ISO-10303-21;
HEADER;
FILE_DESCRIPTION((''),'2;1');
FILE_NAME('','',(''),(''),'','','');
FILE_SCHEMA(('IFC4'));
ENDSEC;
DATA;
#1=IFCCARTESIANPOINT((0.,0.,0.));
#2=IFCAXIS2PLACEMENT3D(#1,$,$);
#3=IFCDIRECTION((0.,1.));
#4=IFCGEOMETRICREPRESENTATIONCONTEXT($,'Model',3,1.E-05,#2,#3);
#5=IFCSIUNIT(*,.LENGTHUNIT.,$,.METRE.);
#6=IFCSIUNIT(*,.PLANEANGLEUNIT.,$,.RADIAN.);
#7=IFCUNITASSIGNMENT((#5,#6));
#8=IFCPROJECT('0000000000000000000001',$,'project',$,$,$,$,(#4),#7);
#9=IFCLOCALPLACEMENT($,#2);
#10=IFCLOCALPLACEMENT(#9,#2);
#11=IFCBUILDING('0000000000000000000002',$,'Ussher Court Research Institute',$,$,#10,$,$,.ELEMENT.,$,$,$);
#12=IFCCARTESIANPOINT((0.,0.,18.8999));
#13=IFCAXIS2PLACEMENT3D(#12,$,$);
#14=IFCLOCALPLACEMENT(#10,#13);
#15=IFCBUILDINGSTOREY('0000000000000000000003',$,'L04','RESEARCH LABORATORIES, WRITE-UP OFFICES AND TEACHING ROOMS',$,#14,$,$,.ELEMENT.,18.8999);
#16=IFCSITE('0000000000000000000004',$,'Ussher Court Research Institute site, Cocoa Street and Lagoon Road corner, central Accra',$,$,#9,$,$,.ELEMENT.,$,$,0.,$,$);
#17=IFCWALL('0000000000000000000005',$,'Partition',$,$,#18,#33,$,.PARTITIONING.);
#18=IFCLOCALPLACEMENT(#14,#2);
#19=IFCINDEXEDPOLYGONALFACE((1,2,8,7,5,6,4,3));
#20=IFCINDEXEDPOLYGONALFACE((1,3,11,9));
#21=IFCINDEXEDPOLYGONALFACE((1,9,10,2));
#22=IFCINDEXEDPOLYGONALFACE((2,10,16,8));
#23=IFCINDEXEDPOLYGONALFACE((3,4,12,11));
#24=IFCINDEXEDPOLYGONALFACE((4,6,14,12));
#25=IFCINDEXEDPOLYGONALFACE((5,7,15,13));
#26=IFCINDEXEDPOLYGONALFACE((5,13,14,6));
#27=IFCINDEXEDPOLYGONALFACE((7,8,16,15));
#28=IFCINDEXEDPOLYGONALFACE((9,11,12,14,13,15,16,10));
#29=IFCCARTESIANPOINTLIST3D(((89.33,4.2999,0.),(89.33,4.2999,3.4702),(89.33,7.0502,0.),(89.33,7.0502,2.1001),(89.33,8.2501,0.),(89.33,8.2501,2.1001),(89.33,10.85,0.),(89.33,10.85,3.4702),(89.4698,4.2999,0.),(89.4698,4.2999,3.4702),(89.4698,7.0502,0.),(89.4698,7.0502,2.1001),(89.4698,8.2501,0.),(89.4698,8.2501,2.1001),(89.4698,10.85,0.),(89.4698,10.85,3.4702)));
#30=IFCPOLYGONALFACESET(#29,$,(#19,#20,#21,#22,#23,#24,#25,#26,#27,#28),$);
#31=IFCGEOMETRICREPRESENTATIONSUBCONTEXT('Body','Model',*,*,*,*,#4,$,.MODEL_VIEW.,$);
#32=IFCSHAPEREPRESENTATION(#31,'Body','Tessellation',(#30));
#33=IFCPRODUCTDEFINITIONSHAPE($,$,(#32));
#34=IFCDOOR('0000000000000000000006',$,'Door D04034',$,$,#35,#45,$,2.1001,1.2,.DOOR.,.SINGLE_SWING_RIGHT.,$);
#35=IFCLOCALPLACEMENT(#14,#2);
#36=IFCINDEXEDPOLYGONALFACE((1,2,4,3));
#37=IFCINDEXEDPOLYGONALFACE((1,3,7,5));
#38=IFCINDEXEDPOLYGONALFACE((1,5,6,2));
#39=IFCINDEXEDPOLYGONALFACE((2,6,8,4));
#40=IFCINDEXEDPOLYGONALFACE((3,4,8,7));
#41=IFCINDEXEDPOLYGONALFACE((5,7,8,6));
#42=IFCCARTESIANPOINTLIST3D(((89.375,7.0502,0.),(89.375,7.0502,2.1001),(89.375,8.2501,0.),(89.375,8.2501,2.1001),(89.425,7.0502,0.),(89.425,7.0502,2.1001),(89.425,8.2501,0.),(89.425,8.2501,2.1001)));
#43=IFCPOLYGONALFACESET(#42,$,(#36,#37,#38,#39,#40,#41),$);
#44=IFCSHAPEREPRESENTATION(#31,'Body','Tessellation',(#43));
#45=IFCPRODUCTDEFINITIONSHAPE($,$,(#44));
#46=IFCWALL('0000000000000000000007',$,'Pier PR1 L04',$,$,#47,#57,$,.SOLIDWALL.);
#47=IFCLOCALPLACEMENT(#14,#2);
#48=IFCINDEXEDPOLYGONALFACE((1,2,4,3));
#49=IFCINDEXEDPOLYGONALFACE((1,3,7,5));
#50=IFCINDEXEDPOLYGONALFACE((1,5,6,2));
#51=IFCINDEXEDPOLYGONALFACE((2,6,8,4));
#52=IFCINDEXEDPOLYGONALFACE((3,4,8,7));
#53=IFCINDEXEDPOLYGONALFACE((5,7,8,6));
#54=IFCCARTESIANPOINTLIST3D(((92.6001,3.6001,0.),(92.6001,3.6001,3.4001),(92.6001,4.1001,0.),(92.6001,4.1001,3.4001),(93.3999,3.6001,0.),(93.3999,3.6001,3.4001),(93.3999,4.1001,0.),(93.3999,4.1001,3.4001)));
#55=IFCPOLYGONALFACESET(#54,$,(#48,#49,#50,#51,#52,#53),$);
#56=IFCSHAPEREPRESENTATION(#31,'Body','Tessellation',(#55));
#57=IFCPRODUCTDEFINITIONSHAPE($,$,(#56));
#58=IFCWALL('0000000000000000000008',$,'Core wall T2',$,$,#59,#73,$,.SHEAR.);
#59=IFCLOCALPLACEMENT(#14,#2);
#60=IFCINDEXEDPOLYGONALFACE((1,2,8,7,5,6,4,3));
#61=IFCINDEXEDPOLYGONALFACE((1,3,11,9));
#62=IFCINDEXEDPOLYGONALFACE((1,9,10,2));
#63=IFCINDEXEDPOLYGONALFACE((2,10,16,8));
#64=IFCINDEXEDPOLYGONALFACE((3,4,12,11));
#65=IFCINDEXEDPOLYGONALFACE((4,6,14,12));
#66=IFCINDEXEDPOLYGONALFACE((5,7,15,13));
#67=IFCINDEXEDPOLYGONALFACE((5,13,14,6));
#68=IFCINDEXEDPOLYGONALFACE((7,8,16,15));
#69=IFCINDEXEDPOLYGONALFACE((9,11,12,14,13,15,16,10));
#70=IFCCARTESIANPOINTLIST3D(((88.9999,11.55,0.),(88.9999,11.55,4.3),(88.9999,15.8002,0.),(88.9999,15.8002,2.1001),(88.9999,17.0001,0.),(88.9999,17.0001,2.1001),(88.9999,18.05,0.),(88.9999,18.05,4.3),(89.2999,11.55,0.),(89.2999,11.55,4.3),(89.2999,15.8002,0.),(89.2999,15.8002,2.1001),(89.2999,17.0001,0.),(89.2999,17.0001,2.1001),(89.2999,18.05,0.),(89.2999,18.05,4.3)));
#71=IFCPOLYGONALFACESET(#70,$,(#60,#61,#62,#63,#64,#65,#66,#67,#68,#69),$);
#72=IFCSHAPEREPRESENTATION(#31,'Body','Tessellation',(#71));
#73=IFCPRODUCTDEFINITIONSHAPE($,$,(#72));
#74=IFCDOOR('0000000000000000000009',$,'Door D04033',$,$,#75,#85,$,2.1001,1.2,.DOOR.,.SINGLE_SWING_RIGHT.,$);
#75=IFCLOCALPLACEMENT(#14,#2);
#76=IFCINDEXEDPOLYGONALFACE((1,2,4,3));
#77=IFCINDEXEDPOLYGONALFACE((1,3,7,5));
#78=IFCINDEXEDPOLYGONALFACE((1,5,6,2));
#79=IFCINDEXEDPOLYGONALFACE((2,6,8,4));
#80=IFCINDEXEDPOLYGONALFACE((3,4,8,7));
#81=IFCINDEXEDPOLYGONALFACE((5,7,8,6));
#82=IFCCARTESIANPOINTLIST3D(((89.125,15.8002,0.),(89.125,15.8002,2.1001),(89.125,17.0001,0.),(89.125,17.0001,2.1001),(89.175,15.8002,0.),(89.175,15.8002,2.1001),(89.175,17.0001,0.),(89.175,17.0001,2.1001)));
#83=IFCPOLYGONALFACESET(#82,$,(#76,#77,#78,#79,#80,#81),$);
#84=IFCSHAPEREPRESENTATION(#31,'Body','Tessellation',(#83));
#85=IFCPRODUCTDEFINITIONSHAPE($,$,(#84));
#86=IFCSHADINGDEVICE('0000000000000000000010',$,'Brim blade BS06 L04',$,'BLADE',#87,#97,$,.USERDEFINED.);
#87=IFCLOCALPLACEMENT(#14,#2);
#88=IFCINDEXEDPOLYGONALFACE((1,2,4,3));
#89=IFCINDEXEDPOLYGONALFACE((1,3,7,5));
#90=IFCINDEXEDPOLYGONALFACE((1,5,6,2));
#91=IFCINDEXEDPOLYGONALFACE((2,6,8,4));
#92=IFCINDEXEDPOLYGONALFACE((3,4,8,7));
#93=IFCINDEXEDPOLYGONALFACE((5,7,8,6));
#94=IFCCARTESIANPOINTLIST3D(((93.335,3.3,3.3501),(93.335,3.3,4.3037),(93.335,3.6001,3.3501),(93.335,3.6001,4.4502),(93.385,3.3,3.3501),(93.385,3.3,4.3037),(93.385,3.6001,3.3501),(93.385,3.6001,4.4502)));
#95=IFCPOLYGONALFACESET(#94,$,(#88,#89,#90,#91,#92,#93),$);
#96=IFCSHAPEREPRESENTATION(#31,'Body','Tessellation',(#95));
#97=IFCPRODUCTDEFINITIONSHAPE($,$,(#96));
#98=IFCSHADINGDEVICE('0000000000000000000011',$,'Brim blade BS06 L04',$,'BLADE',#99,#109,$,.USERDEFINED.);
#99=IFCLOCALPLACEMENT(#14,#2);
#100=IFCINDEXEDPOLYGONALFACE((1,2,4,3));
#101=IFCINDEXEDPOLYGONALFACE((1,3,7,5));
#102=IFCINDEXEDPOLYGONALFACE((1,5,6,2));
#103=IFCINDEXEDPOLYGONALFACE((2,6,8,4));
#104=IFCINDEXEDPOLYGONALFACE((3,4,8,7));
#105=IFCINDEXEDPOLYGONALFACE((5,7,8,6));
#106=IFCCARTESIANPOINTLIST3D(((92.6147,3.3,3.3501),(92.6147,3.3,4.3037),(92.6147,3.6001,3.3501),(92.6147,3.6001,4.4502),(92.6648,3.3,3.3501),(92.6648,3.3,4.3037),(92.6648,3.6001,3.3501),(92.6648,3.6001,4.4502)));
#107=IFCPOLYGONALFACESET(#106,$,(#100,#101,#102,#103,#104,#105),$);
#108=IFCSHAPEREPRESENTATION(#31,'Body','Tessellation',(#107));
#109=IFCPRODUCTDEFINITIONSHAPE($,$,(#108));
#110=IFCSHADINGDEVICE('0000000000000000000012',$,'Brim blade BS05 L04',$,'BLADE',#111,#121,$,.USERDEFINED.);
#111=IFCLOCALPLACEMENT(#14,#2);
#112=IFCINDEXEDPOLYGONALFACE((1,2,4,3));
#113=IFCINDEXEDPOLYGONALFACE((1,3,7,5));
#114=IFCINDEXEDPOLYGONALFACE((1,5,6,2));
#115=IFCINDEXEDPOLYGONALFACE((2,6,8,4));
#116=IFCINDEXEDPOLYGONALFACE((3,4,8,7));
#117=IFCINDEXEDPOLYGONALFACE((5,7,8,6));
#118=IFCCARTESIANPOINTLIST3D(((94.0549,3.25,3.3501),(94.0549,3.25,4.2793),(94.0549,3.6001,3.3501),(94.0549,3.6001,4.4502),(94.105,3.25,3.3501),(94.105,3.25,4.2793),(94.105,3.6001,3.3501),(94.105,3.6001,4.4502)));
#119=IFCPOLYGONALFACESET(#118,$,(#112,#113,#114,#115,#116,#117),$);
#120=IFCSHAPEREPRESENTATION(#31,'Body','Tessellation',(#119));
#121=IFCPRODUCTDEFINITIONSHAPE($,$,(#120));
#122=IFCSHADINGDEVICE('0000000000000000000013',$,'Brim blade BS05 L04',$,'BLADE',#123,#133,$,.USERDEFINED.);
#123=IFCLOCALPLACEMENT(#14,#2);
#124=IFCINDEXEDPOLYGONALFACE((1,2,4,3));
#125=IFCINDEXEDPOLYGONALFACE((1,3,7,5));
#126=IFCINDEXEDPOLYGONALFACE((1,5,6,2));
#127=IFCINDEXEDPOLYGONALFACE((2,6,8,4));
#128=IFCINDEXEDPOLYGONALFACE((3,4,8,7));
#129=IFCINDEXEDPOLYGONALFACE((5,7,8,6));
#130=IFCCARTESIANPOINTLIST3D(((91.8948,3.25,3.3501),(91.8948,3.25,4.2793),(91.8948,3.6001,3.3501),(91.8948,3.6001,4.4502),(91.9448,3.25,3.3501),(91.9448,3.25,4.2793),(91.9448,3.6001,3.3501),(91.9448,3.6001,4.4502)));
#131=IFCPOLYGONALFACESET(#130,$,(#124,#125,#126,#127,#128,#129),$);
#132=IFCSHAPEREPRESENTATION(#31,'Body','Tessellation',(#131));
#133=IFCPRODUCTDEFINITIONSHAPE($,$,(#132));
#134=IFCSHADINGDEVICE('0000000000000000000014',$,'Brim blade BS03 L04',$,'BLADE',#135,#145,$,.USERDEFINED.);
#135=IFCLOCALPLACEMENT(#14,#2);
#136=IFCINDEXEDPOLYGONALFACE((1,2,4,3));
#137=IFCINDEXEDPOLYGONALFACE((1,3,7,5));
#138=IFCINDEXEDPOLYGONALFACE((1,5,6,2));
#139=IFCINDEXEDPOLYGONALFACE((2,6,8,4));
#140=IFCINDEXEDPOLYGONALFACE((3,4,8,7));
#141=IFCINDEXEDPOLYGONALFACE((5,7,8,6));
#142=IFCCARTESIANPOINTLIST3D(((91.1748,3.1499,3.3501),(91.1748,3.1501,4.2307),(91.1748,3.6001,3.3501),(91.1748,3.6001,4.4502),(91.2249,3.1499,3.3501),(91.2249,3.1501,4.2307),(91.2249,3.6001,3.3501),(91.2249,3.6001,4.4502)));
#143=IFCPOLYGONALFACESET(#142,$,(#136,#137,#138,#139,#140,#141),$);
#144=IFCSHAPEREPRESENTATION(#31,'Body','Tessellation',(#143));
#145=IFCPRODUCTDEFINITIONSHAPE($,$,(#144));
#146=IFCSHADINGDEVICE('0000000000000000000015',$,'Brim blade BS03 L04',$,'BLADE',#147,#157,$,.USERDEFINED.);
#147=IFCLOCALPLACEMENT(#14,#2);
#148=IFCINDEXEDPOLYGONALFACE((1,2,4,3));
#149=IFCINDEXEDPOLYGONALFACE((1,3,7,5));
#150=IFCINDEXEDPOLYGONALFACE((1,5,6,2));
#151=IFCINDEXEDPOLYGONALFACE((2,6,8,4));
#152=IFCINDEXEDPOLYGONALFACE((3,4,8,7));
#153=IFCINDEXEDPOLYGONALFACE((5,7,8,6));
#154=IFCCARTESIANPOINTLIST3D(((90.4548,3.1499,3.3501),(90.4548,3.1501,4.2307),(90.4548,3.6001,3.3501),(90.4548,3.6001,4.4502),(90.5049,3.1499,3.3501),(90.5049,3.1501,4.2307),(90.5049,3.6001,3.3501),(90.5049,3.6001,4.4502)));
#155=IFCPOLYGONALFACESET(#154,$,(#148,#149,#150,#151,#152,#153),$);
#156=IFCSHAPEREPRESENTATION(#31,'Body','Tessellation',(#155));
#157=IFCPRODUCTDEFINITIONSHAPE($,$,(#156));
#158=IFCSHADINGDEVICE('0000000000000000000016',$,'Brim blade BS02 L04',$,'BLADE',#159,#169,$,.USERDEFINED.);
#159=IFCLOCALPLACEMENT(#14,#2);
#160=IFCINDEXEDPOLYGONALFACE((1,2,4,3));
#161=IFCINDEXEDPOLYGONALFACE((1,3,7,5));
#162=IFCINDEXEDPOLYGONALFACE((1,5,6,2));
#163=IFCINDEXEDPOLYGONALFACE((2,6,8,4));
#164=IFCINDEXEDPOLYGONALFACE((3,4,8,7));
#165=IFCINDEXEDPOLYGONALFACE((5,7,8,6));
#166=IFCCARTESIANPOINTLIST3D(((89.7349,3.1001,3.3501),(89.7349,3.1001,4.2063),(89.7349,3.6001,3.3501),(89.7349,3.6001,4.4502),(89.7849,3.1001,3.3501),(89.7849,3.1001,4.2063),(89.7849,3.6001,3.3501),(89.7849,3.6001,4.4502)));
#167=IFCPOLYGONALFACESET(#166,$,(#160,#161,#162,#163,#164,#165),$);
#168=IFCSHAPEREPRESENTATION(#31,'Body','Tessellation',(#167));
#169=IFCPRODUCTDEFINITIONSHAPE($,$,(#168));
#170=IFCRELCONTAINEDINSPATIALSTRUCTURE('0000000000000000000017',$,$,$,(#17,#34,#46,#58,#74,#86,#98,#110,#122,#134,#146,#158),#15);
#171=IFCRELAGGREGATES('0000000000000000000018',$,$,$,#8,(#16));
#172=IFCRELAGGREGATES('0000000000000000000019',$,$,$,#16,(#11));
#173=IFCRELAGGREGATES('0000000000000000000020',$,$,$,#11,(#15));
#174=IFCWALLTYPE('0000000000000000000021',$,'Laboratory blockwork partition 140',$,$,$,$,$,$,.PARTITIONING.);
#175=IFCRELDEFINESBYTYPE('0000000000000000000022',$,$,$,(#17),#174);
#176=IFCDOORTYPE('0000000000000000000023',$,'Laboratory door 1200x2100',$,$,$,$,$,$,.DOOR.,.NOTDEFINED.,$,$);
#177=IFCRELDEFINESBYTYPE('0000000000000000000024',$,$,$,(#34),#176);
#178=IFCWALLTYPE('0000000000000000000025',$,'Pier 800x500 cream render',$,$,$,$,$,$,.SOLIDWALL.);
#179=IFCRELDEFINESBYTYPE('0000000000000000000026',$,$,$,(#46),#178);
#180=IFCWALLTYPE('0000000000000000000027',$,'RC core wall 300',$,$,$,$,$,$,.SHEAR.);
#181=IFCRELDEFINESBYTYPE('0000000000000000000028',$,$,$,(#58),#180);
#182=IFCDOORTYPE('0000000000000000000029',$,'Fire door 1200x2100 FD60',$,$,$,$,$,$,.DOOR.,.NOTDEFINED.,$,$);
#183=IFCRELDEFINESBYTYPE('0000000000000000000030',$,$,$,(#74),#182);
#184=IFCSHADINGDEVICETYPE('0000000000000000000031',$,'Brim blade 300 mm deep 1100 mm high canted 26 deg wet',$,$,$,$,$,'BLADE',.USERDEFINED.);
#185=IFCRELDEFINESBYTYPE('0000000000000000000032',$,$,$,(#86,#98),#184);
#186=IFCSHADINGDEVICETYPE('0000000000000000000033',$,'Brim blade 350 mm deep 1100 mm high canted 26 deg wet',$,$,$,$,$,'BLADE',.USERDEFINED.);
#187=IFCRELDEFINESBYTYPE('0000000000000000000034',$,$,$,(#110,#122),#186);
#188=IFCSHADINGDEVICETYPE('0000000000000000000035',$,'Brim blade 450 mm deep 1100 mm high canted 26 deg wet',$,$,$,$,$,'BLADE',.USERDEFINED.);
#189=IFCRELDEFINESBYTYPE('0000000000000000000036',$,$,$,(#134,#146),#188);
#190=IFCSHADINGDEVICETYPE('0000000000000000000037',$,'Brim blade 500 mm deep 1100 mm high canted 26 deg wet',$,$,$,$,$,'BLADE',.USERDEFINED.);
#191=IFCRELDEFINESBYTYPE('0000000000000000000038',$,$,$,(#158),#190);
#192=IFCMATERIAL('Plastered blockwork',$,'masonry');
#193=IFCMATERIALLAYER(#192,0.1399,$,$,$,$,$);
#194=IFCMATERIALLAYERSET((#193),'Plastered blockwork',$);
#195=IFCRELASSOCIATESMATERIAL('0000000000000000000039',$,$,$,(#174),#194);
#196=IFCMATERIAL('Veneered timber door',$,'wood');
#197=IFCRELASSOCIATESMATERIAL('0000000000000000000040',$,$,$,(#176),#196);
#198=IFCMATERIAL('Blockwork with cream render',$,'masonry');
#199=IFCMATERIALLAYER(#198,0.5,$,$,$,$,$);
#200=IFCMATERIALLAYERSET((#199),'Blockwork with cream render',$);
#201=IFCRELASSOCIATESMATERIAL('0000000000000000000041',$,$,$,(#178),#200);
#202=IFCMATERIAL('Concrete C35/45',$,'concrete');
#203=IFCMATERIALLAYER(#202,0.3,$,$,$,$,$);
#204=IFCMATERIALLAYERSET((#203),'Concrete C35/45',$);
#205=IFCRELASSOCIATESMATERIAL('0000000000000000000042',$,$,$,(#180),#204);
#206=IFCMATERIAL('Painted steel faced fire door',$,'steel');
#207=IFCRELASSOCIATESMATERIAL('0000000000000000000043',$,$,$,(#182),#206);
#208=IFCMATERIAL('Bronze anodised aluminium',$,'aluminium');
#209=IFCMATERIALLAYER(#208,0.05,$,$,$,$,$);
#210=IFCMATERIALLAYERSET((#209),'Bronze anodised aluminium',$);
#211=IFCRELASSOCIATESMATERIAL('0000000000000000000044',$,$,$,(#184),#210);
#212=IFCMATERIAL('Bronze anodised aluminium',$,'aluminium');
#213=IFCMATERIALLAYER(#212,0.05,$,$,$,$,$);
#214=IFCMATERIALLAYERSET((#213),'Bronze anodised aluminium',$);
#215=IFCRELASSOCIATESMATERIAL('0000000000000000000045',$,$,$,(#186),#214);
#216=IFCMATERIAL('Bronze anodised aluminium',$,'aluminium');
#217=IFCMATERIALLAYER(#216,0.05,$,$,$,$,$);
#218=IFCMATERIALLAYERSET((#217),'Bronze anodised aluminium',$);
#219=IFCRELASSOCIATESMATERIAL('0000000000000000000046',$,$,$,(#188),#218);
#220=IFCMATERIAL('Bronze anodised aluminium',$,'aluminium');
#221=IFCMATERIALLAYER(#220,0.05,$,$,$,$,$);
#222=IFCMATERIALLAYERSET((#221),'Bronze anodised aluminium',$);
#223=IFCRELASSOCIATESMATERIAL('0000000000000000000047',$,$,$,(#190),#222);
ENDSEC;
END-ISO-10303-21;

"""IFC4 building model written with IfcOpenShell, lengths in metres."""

from ifc_helpers import new_model, si_unit, direction, frame, frame_2d, origin, place, context, subcontext, project, spatial, polyline, rectangle, outline, extrude, material, layer, layer_set, type_object, element, fill, save


model = new_model("IFC4")

# Units and contexts
model_context = context("Model", 3, precision=1e-05, world=origin(), true_north=direction((0.0, 1.0)))
body_context = subcontext(model_context, "Body", "Model", "MODEL_VIEW")
ifc_project = project(units=[si_unit("LENGTHUNIT", "METRE"), si_unit("PLANEANGLEUNIT", "RADIAN")], contexts=[model_context])

# Site, building, storey
site_placement = place(None, origin())
site = spatial("IfcSite", under=ifc_project, at=site_placement, Name="Ussher Court Research Institute site, Cocoa Street and Lagoon Road corner, central Accra", CompositionType="ELEMENT", RefElevation=0.0)
building_placement = place(site_placement, origin())
building = spatial("IfcBuilding", under=site, at=building_placement, Name="Ussher Court Research Institute", CompositionType="ELEMENT")
storey_placement = place(building_placement, frame((0.0, 0.0, 18.8999)))
storey = spatial("IfcBuildingStorey", under=building, at=storey_placement, Name="L04", Description="RESEARCH LABORATORIES, WRITE-UP OFFICES AND TEACHING ROOMS", CompositionType="ELEMENT", Elevation=18.8999)

# Wall, opening, door
ifc_material_1 = material(Name="Plastered blockwork", Category="masonry")
ifc_layer_1 = layer(ifc_material_1, 0.1399)
ifc_layer_set_1 = layer_set([ifc_layer_1], Name="Plastered blockwork")
wall_type_1 = type_object("IfcWallType", Name="Laboratory blockwork partition 140", PredefinedType="PARTITIONING", material=ifc_layer_set_1)
wall_1_placement = place(storey_placement, frame((89.3999, 4.3, 0.0), z_axis=(0.0, 0.0, 1.0), x_axis=(0.0, 1.0, 0.0)))
wall_1 = element("IfcWall", 1, at=wall_1_placement, inside=storey, type_object=wall_type_1, Name="Partition", PredefinedType="PARTITIONING", context=body_context, shape_type="SweptSolid", body=[
    extrude(rectangle(XDim=6.55, YDim=0.1399, at=frame_2d((3.2749, 0.0))), origin(), (0.0, 0.0, 1.0), 3.4702),
])
opening_1_placement = place(wall_1_placement, frame((2.75, 0.0, 0.0)))
opening_1 = element("IfcOpeningElement", 2, at=opening_1_placement, cuts=wall_1, PredefinedType="OPENING", context=body_context, shape_type="SweptSolid", body=[
    extrude(rectangle(XDim=1.2, YDim=2.1001, at=frame_2d((0.6001, 1.05))), frame((0.0, 0.0801, 0.0), z_axis=(0.0, -1.0, 0.0), x_axis=(1.0, 0.0, 0.0)), (0.0, 0.0, 1.0), 0.1599),
])
ifc_material_2 = material(Name="Veneered timber door", Category="wood")
door_type_1 = type_object("IfcDoorType", Name="Laboratory door 1200x2100", OperationType="NOTDEFINED", PredefinedType="DOOR", material=ifc_material_2)
door_1_placement = place(opening_1_placement, origin())
door_1 = element("IfcDoor", 3, at=door_1_placement, inside=storey, type_object=door_type_1, Name="Door D04034", OperationType="SINGLE_SWING_RIGHT", OverallHeight=2.1001, OverallWidth=1.2, PredefinedType="DOOR", context=body_context, shape_type="SweptSolid", body=[
    extrude(rectangle(XDim=1.2, YDim=2.1001, at=frame_2d((0.6001, 1.05))), frame((0.0, 0.0249, 0.0), z_axis=(0.0, -1.0, 0.0), x_axis=(1.0, 0.0, 0.0)), (0.0, 0.0, 1.0), 0.05),
])
fill(opening_1, door_1)

# Wall
ifc_material_3 = material(Name="Blockwork with cream render", Category="masonry")
ifc_layer_2 = layer(ifc_material_3, 0.5)
ifc_layer_set_2 = layer_set([ifc_layer_2], Name="Blockwork with cream render")
wall_type_2 = type_object("IfcWallType", Name="Pier 800x500 cream render", PredefinedType="SOLIDWALL", material=ifc_layer_set_2)
wall_2_placement = place(storey_placement, frame((93.3999, 3.8501, 0.0), z_axis=(0.0, 0.0, 1.0), x_axis=(-1.0, 0.0, 0.0)))
element("IfcWall", 4, at=wall_2_placement, inside=storey, type_object=wall_type_2, Name="Pier PR1 L04", PredefinedType="SOLIDWALL", context=body_context, shape_type="SweptSolid", body=[
    extrude(rectangle(XDim=0.7998, YDim=0.5, at=frame_2d((0.3999, 0.0))), origin(), (0.0, 0.0, 1.0), 3.4001),
])

# Wall, opening, door
ifc_material_4 = material(Name="Concrete C35/45", Category="concrete")
ifc_layer_3 = layer(ifc_material_4, 0.3)
ifc_layer_set_3 = layer_set([ifc_layer_3], Name="Concrete C35/45")
wall_type_3 = type_object("IfcWallType", Name="RC core wall 300", PredefinedType="SHEAR", material=ifc_layer_set_3)
wall_3_placement = place(storey_placement, frame((89.1499, 11.55, 0.0), z_axis=(0.0, 0.0, 1.0), x_axis=(0.0, 1.0, 0.0)))
wall_3 = element("IfcWall", 5, at=wall_3_placement, inside=storey, type_object=wall_type_3, Name="Core wall T2", PredefinedType="SHEAR", context=body_context, shape_type="SweptSolid", body=[
    extrude(rectangle(XDim=6.5, YDim=0.3, at=frame_2d((3.25, 0.0))), origin(), (0.0, 0.0, 1.0), 4.3),
])
opening_2_placement = place(wall_3_placement, frame((4.25, 0.0, 0.0)))
opening_2 = element("IfcOpeningElement", 6, at=opening_2_placement, cuts=wall_3, PredefinedType="OPENING", context=body_context, shape_type="SweptSolid", body=[
    extrude(rectangle(XDim=1.2, YDim=2.1001, at=frame_2d((0.6001, 1.05))), frame((0.0, 0.1602, 0.0), z_axis=(0.0, -1.0, 0.0), x_axis=(1.0, 0.0, 0.0)), (0.0, 0.0, 1.0), 0.3201),
])
ifc_material_5 = material(Name="Painted steel faced fire door", Category="steel")
door_type_2 = type_object("IfcDoorType", Name="Fire door 1200x2100 FD60", OperationType="NOTDEFINED", PredefinedType="DOOR", material=ifc_material_5)
door_2_placement = place(opening_2_placement, origin())
door_2 = element("IfcDoor", 7, at=door_2_placement, inside=storey, type_object=door_type_2, Name="Door D04033", OperationType="SINGLE_SWING_RIGHT", OverallHeight=2.1001, OverallWidth=1.2, PredefinedType="DOOR", context=body_context, shape_type="SweptSolid", body=[
    extrude(rectangle(XDim=1.2, YDim=2.1001, at=frame_2d((0.6001, 1.05))), frame((0.0, 0.0249, 0.0), z_axis=(0.0, -1.0, 0.0), x_axis=(1.0, 0.0, 0.0)), (0.0, 0.0, 1.0), 0.05),
])
fill(opening_2, door_2)

# Shading devices
ifc_material_6 = material(Name="Bronze anodised aluminium", Category="aluminium")
ifc_layer_4 = layer(ifc_material_6, 0.05)
ifc_layer_set_4 = layer_set([ifc_layer_4], Name="Bronze anodised aluminium")
shading_device_type_1 = type_object("IfcShadingDeviceType", Name="Brim blade 300 mm deep 1100 mm high canted 26 deg wet", ElementType="BLADE", PredefinedType="USERDEFINED", material=ifc_layer_set_4)
for number, where, z_axis, x_axis, name in (
    (8, (93.3601, 3.6001, 3.3501), (0.0, 0.0, 1.0), (0.0, -1.0, 0.0), "Brim blade BS06 L04"),
    (9, (92.6399, 3.6001, 3.3501), (0.0, 0.0, 1.0), (0.0, -1.0, 0.0), "Brim blade BS06 L04"),
):
    element("IfcShadingDevice", number, at=place(storey_placement, frame(where, z_axis=z_axis, x_axis=x_axis)), inside=storey, type_object=shading_device_type_1, Name=name, ObjectType="BLADE", PredefinedType="USERDEFINED", context=body_context, shape_type="SweptSolid", body=[
        extrude(outline(polyline([(0.0, 0.0), (0.3, 0.0), (0.3, 0.9536), (0.0, 1.1001), (0.0, 0.0)])), frame((0.0, 0.0249, 0.0), z_axis=(0.0, -1.0, 0.0), x_axis=(1.0, 0.0, 0.0)), (0.0, 0.0, 1.0), 0.05),
    ])
ifc_material_7 = material(Name="Bronze anodised aluminium", Category="aluminium")
ifc_layer_5 = layer(ifc_material_7, 0.05)
ifc_layer_set_5 = layer_set([ifc_layer_5], Name="Bronze anodised aluminium")
shading_device_type_2 = type_object("IfcShadingDeviceType", Name="Brim blade 350 mm deep 1100 mm high canted 26 deg wet", ElementType="BLADE", PredefinedType="USERDEFINED", material=ifc_layer_set_5)
for number, where, z_axis, x_axis, name in (
    (10, (94.0801, 3.6001, 3.3501), (0.0, 0.0, 1.0), (0.0, -1.0, 0.0), "Brim blade BS05 L04"),
    (11, (91.9199, 3.6001, 3.3501), (0.0, 0.0, 1.0), (0.0, -1.0, 0.0), "Brim blade BS05 L04"),
):
    element("IfcShadingDevice", number, at=place(storey_placement, frame(where, z_axis=z_axis, x_axis=x_axis)), inside=storey, type_object=shading_device_type_2, Name=name, ObjectType="BLADE", PredefinedType="USERDEFINED", context=body_context, shape_type="SweptSolid", body=[
        extrude(outline(polyline([(0.0, 0.0), (0.3501, 0.0), (0.3501, 0.9292), (0.0, 1.1001), (0.0, 0.0)])), frame((0.0, 0.0249, 0.0), z_axis=(0.0, -1.0, 0.0), x_axis=(1.0, 0.0, 0.0)), (0.0, 0.0, 1.0), 0.05),
    ])
ifc_material_8 = material(Name="Bronze anodised aluminium", Category="aluminium")
ifc_layer_6 = layer(ifc_material_8, 0.05)
ifc_layer_set_6 = layer_set([ifc_layer_6], Name="Bronze anodised aluminium")
shading_device_type_3 = type_object("IfcShadingDeviceType", Name="Brim blade 450 mm deep 1100 mm high canted 26 deg wet", ElementType="BLADE", PredefinedType="USERDEFINED", material=ifc_layer_set_6)
for number, where, z_axis, x_axis, name in (
    (12, (91.2, 3.6001, 3.3501), (0.0, 0.0, 1.0), (0.0, -1.0, 0.0), "Brim blade BS03 L04"),
    (13, (90.48, 3.6001, 3.3501), (0.0, 0.0, 1.0), (0.0, -1.0, 0.0), "Brim blade BS03 L04"),
):
    element("IfcShadingDevice", number, at=place(storey_placement, frame(where, z_axis=z_axis, x_axis=x_axis)), inside=storey, type_object=shading_device_type_3, Name=name, ObjectType="BLADE", PredefinedType="USERDEFINED", context=body_context, shape_type="SweptSolid", body=[
        extrude(outline(polyline([(0.0, 0.0), (0.4502, 0.0), (0.45, 0.8806), (0.0, 1.1001), (0.0, 0.0)])), frame((0.0, 0.0249, 0.0), z_axis=(0.0, -1.0, 0.0), x_axis=(1.0, 0.0, 0.0)), (0.0, 0.0, 1.0), 0.05),
    ])
ifc_material_9 = material(Name="Bronze anodised aluminium", Category="aluminium")
ifc_layer_7 = layer(ifc_material_9, 0.05)
ifc_layer_set_7 = layer_set([ifc_layer_7], Name="Bronze anodised aluminium")
shading_device_type_4 = type_object("IfcShadingDeviceType", Name="Brim blade 500 mm deep 1100 mm high canted 26 deg wet", ElementType="BLADE", PredefinedType="USERDEFINED", material=ifc_layer_set_7)
shading_device_1_placement = place(storey_placement, frame((89.76, 3.6001, 3.3501), z_axis=(0.0, 0.0, 1.0), x_axis=(0.0, -1.0, 0.0)))
element("IfcShadingDevice", 14, at=shading_device_1_placement, inside=storey, type_object=shading_device_type_4, Name="Brim blade BS02 L04", ObjectType="BLADE", PredefinedType="USERDEFINED", context=body_context, shape_type="SweptSolid", body=[
    extrude(outline(polyline([(0.0, 0.0), (0.5, 0.0), (0.5, 0.8562), (0.0, 1.1001), (0.0, 0.0)])), frame((0.0, 0.0249, 0.0), z_axis=(0.0, -1.0, 0.0), x_axis=(1.0, 0.0, 0.0)), (0.0, 0.0, 1.0), 0.05),
])

save(model, "model.ifc")
